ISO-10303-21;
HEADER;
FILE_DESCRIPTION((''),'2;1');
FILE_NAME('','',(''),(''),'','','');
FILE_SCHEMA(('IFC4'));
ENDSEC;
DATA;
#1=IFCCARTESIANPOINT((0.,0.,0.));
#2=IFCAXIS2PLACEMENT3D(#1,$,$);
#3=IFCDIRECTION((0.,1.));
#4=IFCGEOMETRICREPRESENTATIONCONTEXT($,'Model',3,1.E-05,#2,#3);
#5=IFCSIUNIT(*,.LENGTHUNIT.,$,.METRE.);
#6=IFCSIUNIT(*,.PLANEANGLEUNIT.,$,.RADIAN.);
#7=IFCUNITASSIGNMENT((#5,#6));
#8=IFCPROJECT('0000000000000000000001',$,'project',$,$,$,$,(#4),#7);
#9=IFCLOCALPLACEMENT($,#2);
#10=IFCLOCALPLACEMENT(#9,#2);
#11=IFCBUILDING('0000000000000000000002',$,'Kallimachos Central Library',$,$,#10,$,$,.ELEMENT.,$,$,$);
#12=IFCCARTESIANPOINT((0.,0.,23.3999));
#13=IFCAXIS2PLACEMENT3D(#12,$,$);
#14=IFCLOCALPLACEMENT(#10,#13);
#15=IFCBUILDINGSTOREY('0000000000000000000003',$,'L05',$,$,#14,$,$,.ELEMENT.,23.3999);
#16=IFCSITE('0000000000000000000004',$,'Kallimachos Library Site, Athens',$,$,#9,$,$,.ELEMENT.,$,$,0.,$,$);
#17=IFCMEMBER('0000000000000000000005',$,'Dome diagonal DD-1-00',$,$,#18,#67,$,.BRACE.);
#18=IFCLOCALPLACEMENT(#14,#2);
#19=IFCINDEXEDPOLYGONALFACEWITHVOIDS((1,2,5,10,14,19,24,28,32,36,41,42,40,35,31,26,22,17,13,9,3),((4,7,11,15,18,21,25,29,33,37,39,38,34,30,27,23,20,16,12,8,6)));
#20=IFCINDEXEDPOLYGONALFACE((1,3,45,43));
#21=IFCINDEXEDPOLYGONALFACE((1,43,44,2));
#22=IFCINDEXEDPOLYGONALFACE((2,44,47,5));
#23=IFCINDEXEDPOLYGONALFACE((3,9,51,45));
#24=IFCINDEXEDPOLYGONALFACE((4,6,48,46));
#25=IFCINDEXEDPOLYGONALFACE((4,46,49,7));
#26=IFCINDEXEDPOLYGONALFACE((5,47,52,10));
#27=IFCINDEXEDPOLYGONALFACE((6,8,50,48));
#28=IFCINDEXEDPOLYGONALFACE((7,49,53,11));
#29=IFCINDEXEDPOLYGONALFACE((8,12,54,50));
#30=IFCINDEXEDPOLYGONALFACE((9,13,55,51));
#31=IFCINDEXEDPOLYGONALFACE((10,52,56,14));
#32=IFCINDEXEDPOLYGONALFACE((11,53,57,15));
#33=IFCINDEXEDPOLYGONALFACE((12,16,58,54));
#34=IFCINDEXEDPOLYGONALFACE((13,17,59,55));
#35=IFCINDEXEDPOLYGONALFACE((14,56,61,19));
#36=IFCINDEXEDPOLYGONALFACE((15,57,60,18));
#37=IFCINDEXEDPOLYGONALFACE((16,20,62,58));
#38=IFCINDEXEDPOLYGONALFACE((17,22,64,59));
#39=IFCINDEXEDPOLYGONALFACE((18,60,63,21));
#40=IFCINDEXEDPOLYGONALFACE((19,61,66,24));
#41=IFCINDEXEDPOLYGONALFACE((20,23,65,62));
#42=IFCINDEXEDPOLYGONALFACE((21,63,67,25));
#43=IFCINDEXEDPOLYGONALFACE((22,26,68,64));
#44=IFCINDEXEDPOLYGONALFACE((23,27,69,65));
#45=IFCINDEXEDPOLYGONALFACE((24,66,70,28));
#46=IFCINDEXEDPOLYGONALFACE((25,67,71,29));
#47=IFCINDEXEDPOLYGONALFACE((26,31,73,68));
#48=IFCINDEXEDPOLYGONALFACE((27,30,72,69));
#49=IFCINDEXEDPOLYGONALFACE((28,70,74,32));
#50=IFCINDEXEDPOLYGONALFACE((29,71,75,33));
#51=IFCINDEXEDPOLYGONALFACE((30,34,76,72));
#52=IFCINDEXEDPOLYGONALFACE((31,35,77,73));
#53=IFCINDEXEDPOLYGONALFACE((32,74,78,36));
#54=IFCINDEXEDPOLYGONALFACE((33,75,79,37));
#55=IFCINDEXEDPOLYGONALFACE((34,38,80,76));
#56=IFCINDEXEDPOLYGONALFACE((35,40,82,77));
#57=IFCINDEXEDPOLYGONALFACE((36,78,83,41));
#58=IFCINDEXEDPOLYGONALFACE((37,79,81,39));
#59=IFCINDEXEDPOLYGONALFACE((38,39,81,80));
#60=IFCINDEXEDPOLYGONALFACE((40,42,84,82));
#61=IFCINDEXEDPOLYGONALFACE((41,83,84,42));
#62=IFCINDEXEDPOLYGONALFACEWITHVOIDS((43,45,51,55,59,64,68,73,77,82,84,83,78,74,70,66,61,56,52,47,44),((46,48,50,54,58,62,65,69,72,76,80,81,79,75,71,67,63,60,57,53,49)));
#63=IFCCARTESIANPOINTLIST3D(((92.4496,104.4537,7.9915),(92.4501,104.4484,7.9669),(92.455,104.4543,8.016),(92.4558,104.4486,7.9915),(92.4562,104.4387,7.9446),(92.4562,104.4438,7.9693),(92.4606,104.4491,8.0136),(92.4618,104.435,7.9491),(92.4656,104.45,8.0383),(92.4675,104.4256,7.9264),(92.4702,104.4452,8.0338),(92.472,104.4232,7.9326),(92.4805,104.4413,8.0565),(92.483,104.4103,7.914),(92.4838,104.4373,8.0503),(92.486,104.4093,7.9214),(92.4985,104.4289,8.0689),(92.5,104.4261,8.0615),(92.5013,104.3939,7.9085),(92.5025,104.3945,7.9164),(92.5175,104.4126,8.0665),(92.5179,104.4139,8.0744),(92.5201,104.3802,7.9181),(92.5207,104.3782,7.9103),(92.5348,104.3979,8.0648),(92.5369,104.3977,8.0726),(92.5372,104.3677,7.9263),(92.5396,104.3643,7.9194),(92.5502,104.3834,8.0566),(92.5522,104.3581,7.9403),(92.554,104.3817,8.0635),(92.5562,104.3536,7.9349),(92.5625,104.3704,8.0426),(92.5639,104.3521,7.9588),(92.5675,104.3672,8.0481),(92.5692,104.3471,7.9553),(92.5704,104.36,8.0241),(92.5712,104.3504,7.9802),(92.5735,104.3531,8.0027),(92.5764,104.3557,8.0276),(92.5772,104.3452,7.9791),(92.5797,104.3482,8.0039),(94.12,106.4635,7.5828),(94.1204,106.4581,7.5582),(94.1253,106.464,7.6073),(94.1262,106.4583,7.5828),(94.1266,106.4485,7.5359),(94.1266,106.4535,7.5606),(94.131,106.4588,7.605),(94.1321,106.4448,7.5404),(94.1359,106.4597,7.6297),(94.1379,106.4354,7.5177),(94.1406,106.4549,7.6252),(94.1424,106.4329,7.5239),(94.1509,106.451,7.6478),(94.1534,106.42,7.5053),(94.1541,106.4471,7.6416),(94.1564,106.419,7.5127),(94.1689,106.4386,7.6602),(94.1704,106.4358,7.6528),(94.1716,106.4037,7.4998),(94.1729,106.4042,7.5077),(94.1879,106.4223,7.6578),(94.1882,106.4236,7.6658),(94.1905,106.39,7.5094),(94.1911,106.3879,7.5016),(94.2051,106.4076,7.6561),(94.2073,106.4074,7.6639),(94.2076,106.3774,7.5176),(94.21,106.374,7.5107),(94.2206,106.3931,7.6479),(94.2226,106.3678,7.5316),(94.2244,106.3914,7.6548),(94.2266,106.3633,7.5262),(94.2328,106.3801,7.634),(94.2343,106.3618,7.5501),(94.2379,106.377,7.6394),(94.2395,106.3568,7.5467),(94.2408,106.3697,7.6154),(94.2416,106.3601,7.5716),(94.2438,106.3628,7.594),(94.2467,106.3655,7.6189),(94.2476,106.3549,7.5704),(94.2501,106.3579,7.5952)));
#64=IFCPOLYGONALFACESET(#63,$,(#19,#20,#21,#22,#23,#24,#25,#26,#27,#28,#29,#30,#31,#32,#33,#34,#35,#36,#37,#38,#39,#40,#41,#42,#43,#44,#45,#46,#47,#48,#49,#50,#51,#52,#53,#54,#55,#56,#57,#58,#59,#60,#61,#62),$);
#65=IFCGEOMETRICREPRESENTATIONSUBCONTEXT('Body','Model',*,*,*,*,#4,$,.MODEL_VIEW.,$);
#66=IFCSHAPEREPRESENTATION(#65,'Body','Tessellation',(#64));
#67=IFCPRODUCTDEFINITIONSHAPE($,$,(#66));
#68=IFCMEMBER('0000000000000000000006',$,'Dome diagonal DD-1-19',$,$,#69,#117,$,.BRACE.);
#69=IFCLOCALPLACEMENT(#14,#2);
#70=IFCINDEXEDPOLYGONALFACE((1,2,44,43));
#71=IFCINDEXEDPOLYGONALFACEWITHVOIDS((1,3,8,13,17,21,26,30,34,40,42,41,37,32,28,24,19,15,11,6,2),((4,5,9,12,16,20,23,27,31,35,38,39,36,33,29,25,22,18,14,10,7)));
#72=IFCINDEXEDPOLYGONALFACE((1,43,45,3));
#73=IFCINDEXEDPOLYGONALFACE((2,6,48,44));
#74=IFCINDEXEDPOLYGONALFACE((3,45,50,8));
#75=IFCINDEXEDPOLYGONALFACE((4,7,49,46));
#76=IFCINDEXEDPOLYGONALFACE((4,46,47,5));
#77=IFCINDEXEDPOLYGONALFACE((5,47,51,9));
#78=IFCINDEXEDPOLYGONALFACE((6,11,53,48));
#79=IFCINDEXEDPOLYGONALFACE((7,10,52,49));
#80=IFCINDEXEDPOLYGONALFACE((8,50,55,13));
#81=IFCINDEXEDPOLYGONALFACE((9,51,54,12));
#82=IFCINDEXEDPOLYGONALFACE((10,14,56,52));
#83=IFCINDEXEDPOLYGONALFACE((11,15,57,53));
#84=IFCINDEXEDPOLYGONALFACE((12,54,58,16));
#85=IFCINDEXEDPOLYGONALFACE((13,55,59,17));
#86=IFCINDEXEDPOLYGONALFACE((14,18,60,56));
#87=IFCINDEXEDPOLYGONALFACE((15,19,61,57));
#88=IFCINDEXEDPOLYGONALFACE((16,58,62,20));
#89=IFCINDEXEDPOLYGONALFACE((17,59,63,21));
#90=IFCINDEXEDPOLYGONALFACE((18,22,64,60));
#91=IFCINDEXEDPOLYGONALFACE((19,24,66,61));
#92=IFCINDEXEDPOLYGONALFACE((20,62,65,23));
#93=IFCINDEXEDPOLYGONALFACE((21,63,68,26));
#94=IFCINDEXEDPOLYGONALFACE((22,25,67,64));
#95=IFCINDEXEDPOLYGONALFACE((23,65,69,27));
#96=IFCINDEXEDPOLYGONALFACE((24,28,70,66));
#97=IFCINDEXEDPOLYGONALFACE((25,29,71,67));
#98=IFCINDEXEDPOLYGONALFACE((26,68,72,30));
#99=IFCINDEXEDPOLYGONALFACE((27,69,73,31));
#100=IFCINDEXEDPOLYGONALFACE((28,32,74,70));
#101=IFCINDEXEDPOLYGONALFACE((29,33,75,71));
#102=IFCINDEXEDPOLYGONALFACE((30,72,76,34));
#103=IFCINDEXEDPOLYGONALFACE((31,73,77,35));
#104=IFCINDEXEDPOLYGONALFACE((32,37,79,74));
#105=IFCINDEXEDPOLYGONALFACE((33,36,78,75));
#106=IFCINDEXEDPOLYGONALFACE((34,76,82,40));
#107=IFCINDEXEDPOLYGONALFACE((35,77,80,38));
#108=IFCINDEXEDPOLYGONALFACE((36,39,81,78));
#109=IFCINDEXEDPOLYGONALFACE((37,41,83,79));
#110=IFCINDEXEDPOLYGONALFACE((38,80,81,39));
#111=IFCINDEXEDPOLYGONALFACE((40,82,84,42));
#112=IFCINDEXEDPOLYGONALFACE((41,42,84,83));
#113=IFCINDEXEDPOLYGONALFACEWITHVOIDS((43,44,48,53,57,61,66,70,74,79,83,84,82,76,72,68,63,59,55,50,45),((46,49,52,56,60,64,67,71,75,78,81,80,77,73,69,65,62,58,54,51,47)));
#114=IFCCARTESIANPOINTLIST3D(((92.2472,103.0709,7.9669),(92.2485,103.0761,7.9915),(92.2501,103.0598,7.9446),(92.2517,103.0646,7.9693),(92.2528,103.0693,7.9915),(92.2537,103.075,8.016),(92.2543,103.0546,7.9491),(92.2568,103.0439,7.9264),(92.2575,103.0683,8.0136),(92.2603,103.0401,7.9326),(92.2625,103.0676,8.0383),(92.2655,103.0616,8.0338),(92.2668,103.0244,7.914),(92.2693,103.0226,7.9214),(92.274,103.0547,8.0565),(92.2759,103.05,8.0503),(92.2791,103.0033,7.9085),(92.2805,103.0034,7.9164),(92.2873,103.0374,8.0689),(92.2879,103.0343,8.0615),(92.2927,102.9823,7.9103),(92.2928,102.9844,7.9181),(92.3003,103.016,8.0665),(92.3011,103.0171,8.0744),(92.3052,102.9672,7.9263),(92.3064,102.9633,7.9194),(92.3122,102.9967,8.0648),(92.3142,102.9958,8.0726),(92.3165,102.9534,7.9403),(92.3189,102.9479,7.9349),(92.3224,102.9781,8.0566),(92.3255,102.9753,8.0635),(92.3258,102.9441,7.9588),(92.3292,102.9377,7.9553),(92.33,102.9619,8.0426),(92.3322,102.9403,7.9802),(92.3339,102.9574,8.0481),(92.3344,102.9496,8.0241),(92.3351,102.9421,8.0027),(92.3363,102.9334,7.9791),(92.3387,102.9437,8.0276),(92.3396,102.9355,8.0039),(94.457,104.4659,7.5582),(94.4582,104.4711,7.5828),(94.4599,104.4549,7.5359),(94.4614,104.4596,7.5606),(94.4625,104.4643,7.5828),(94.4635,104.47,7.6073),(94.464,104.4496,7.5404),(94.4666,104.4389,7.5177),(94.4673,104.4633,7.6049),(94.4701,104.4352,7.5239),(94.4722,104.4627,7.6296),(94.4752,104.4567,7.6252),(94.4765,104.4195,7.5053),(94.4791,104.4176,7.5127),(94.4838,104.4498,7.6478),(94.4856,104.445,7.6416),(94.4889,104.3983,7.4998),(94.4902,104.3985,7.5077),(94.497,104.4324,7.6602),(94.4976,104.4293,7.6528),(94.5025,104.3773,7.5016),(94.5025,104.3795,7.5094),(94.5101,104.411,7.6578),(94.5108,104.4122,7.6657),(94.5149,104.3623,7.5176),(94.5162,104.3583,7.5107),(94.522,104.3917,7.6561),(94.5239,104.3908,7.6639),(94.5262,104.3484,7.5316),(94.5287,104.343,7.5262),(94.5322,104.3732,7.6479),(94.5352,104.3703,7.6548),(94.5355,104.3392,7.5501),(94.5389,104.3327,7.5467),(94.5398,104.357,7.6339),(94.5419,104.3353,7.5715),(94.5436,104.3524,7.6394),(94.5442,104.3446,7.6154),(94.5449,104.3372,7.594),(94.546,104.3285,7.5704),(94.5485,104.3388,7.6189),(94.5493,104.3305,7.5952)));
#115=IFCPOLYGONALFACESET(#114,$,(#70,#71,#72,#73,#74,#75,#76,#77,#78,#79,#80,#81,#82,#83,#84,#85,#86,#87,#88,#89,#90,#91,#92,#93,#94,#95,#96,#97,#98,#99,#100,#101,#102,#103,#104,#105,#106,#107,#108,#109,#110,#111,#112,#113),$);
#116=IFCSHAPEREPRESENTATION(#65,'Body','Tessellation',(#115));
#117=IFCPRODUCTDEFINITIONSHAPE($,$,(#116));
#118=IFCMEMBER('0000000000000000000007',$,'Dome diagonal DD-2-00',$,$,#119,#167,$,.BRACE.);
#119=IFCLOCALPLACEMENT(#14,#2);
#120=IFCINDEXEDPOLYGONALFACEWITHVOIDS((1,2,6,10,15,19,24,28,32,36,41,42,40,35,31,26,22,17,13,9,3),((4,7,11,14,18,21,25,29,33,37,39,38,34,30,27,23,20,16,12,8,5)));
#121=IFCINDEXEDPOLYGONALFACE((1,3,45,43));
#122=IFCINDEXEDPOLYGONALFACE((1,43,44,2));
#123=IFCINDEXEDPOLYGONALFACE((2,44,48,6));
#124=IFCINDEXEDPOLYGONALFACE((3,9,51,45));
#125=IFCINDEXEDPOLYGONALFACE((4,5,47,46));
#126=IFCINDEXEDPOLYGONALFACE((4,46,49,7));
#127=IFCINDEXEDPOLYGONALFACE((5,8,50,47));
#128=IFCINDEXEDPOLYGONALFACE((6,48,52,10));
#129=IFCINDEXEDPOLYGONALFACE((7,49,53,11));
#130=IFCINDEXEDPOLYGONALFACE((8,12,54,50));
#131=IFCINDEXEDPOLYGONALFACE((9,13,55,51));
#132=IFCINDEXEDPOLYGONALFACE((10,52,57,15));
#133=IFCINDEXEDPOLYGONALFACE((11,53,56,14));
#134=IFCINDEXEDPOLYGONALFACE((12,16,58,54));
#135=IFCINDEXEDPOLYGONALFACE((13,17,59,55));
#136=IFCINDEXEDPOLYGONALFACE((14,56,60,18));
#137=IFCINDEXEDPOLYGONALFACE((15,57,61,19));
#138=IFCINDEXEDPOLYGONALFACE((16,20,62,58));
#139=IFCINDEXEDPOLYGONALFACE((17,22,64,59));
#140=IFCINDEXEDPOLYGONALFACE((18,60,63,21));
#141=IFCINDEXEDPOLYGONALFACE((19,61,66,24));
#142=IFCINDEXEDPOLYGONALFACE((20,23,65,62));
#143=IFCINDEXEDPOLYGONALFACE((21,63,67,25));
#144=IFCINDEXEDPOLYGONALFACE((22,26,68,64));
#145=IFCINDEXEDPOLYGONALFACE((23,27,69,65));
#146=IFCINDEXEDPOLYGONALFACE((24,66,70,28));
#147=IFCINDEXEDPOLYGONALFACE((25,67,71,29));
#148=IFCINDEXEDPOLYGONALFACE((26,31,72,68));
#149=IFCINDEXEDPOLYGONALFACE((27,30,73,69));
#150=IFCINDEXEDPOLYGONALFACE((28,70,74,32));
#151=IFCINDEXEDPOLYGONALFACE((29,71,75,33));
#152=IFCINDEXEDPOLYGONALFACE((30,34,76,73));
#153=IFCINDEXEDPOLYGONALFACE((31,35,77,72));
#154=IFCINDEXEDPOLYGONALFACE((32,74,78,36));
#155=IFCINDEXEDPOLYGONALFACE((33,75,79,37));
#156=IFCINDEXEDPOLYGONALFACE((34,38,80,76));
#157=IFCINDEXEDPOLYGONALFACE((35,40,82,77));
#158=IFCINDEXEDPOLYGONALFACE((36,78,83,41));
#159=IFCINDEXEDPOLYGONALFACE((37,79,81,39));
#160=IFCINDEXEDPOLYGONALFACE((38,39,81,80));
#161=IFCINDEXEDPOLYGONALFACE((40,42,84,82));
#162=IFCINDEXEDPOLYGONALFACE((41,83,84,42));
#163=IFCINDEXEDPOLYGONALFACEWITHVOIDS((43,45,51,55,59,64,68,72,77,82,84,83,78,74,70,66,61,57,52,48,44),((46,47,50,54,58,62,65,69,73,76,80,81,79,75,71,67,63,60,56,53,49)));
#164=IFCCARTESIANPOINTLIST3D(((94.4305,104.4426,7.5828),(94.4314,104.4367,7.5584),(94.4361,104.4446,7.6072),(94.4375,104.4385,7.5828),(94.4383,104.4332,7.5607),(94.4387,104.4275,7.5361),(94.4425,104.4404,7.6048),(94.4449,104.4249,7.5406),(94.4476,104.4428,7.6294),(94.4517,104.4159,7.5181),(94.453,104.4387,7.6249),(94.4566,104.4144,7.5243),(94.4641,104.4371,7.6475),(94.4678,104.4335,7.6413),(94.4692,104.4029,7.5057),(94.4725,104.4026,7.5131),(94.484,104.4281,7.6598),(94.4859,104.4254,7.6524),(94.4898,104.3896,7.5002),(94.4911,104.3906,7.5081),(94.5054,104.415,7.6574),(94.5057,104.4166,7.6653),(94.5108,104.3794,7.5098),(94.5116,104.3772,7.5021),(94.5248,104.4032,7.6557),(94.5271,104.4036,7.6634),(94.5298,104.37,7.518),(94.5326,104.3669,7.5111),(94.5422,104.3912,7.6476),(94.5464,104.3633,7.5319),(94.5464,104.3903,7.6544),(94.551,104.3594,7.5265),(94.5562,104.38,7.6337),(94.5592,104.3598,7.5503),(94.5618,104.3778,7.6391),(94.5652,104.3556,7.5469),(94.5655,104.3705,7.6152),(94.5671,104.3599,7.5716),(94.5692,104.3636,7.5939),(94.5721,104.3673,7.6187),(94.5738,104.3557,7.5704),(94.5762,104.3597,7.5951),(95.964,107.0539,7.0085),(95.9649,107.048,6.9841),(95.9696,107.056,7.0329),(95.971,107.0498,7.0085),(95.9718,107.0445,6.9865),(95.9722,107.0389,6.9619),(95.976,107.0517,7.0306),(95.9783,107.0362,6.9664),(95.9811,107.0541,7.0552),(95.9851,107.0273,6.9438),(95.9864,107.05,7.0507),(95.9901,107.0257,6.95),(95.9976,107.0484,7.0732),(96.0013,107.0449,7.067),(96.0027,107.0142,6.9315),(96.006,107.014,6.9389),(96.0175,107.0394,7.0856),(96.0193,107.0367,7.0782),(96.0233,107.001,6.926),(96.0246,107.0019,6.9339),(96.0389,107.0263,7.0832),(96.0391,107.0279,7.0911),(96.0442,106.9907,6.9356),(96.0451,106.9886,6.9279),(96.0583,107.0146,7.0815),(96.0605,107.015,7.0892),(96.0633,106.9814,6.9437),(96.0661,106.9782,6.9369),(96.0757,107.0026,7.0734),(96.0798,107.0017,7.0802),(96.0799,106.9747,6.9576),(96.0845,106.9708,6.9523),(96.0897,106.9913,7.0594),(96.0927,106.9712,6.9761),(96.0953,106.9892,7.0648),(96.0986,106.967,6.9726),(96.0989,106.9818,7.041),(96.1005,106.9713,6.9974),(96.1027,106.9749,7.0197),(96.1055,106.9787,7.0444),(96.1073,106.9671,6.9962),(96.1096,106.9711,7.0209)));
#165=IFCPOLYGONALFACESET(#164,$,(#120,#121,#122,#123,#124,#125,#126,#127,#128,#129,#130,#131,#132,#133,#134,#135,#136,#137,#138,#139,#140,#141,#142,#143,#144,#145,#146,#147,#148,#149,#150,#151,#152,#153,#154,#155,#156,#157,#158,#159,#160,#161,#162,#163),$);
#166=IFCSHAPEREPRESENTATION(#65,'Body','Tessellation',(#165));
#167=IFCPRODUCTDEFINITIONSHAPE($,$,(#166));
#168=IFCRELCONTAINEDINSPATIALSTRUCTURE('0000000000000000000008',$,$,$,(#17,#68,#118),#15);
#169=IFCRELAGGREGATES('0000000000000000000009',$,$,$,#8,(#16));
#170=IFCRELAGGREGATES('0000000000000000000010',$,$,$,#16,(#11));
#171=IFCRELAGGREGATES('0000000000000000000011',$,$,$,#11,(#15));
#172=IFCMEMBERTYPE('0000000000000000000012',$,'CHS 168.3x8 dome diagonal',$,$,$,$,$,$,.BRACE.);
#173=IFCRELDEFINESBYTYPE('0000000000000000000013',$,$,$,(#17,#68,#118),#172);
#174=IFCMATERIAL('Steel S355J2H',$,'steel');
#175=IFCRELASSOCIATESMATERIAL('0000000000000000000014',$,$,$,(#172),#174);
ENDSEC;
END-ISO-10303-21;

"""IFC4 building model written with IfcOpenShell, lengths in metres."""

from ifc_helpers import new_model, si_unit, direction, frame, origin, origin_2d, place, context, subcontext, project, spatial, hollow_circle, extrude, material, material_profile, profile_set, type_object, element, save


model = new_model("IFC4")

# Units and contexts
model_context = context("Model", 3, precision=1e-05, world=origin(), true_north=direction((0.0, 1.0)))
body_context = subcontext(model_context, "Body", "Model", "MODEL_VIEW")
ifc_project = project(units=[si_unit("LENGTHUNIT", "METRE"), si_unit("PLANEANGLEUNIT", "RADIAN")], contexts=[model_context])

# Site, building, storey
site_placement = place(None, origin())
site = spatial("IfcSite", under=ifc_project, at=site_placement, Name="Kallimachos Library Site, Athens", CompositionType="ELEMENT", RefElevation=0.0)
building_placement = place(site_placement, origin())
building = spatial("IfcBuilding", under=site, at=building_placement, Name="Kallimachos Central Library", CompositionType="ELEMENT")
storey_placement = place(building_placement, frame((0.0, 0.0, 23.3999)))
storey = spatial("IfcBuildingStorey", under=building, at=storey_placement, Name="L05", CompositionType="ELEMENT", Elevation=23.3999)

# Members
ifc_material_1 = material(Name="Steel S355J2H", Category="steel")
ifc_material_profile_1 = material_profile(ifc_material_1, hollow_circle(Radius=0.0842, WallThickness=0.0081, at=origin_2d()), Name="CHS 168.3x8")
ifc_profile_set_1 = profile_set([ifc_material_profile_1], Name="Steel S355J2H")
member_type_1 = type_object("IfcMemberType", Name="CHS 168.3x8 dome diagonal", PredefinedType="BRACE", material=ifc_profile_set_1)
for number, where, z_axis, x_axis, name in (
    (1, (92.5144, 104.3999, 7.9915), (0.631516, 0.759812, -0.15451), (-0.769048, 0.639191, 0.0), "Dome diagonal DD-1-00"),
    (2, (92.2935, 103.0049, 7.9915), (0.835436, 0.52742, -0.154515), (-0.533831, 0.845591, 0.0), "Dome diagonal DD-1-19"),
):
    element("IfcMember", number, at=place(storey_placement, frame(where, z_axis=z_axis, x_axis=x_axis)), inside=storey, type_object=member_type_1, Name=name, PredefinedType="BRACE", context=body_context, shape_type="SweptSolid", body=[
        extrude(hollow_circle(Radius=0.0842, WallThickness=0.0081, at=origin_2d()), origin(), (0.0, 0.0, 1.0), 2.645),
    ])
for number, where, z_axis, x_axis, name in (
    (3, (94.5032, 104.3999, 7.5828), (0.49751, 0.847217, -0.186299), (-0.862313, 0.506375, 0.0), "Dome diagonal DD-2-00"),
):
    element("IfcMember", number, at=place(storey_placement, frame(where, z_axis=z_axis, x_axis=x_axis)), inside=storey, type_object=member_type_1, Name=name, PredefinedType="BRACE", context=body_context, shape_type="SweptSolid", body=[
        extrude(hollow_circle(Radius=0.0842, WallThickness=0.0081, at=origin_2d()), origin(), (0.0, 0.0, 1.0), 3.0823),
    ])

save(model, "model.ifc")
